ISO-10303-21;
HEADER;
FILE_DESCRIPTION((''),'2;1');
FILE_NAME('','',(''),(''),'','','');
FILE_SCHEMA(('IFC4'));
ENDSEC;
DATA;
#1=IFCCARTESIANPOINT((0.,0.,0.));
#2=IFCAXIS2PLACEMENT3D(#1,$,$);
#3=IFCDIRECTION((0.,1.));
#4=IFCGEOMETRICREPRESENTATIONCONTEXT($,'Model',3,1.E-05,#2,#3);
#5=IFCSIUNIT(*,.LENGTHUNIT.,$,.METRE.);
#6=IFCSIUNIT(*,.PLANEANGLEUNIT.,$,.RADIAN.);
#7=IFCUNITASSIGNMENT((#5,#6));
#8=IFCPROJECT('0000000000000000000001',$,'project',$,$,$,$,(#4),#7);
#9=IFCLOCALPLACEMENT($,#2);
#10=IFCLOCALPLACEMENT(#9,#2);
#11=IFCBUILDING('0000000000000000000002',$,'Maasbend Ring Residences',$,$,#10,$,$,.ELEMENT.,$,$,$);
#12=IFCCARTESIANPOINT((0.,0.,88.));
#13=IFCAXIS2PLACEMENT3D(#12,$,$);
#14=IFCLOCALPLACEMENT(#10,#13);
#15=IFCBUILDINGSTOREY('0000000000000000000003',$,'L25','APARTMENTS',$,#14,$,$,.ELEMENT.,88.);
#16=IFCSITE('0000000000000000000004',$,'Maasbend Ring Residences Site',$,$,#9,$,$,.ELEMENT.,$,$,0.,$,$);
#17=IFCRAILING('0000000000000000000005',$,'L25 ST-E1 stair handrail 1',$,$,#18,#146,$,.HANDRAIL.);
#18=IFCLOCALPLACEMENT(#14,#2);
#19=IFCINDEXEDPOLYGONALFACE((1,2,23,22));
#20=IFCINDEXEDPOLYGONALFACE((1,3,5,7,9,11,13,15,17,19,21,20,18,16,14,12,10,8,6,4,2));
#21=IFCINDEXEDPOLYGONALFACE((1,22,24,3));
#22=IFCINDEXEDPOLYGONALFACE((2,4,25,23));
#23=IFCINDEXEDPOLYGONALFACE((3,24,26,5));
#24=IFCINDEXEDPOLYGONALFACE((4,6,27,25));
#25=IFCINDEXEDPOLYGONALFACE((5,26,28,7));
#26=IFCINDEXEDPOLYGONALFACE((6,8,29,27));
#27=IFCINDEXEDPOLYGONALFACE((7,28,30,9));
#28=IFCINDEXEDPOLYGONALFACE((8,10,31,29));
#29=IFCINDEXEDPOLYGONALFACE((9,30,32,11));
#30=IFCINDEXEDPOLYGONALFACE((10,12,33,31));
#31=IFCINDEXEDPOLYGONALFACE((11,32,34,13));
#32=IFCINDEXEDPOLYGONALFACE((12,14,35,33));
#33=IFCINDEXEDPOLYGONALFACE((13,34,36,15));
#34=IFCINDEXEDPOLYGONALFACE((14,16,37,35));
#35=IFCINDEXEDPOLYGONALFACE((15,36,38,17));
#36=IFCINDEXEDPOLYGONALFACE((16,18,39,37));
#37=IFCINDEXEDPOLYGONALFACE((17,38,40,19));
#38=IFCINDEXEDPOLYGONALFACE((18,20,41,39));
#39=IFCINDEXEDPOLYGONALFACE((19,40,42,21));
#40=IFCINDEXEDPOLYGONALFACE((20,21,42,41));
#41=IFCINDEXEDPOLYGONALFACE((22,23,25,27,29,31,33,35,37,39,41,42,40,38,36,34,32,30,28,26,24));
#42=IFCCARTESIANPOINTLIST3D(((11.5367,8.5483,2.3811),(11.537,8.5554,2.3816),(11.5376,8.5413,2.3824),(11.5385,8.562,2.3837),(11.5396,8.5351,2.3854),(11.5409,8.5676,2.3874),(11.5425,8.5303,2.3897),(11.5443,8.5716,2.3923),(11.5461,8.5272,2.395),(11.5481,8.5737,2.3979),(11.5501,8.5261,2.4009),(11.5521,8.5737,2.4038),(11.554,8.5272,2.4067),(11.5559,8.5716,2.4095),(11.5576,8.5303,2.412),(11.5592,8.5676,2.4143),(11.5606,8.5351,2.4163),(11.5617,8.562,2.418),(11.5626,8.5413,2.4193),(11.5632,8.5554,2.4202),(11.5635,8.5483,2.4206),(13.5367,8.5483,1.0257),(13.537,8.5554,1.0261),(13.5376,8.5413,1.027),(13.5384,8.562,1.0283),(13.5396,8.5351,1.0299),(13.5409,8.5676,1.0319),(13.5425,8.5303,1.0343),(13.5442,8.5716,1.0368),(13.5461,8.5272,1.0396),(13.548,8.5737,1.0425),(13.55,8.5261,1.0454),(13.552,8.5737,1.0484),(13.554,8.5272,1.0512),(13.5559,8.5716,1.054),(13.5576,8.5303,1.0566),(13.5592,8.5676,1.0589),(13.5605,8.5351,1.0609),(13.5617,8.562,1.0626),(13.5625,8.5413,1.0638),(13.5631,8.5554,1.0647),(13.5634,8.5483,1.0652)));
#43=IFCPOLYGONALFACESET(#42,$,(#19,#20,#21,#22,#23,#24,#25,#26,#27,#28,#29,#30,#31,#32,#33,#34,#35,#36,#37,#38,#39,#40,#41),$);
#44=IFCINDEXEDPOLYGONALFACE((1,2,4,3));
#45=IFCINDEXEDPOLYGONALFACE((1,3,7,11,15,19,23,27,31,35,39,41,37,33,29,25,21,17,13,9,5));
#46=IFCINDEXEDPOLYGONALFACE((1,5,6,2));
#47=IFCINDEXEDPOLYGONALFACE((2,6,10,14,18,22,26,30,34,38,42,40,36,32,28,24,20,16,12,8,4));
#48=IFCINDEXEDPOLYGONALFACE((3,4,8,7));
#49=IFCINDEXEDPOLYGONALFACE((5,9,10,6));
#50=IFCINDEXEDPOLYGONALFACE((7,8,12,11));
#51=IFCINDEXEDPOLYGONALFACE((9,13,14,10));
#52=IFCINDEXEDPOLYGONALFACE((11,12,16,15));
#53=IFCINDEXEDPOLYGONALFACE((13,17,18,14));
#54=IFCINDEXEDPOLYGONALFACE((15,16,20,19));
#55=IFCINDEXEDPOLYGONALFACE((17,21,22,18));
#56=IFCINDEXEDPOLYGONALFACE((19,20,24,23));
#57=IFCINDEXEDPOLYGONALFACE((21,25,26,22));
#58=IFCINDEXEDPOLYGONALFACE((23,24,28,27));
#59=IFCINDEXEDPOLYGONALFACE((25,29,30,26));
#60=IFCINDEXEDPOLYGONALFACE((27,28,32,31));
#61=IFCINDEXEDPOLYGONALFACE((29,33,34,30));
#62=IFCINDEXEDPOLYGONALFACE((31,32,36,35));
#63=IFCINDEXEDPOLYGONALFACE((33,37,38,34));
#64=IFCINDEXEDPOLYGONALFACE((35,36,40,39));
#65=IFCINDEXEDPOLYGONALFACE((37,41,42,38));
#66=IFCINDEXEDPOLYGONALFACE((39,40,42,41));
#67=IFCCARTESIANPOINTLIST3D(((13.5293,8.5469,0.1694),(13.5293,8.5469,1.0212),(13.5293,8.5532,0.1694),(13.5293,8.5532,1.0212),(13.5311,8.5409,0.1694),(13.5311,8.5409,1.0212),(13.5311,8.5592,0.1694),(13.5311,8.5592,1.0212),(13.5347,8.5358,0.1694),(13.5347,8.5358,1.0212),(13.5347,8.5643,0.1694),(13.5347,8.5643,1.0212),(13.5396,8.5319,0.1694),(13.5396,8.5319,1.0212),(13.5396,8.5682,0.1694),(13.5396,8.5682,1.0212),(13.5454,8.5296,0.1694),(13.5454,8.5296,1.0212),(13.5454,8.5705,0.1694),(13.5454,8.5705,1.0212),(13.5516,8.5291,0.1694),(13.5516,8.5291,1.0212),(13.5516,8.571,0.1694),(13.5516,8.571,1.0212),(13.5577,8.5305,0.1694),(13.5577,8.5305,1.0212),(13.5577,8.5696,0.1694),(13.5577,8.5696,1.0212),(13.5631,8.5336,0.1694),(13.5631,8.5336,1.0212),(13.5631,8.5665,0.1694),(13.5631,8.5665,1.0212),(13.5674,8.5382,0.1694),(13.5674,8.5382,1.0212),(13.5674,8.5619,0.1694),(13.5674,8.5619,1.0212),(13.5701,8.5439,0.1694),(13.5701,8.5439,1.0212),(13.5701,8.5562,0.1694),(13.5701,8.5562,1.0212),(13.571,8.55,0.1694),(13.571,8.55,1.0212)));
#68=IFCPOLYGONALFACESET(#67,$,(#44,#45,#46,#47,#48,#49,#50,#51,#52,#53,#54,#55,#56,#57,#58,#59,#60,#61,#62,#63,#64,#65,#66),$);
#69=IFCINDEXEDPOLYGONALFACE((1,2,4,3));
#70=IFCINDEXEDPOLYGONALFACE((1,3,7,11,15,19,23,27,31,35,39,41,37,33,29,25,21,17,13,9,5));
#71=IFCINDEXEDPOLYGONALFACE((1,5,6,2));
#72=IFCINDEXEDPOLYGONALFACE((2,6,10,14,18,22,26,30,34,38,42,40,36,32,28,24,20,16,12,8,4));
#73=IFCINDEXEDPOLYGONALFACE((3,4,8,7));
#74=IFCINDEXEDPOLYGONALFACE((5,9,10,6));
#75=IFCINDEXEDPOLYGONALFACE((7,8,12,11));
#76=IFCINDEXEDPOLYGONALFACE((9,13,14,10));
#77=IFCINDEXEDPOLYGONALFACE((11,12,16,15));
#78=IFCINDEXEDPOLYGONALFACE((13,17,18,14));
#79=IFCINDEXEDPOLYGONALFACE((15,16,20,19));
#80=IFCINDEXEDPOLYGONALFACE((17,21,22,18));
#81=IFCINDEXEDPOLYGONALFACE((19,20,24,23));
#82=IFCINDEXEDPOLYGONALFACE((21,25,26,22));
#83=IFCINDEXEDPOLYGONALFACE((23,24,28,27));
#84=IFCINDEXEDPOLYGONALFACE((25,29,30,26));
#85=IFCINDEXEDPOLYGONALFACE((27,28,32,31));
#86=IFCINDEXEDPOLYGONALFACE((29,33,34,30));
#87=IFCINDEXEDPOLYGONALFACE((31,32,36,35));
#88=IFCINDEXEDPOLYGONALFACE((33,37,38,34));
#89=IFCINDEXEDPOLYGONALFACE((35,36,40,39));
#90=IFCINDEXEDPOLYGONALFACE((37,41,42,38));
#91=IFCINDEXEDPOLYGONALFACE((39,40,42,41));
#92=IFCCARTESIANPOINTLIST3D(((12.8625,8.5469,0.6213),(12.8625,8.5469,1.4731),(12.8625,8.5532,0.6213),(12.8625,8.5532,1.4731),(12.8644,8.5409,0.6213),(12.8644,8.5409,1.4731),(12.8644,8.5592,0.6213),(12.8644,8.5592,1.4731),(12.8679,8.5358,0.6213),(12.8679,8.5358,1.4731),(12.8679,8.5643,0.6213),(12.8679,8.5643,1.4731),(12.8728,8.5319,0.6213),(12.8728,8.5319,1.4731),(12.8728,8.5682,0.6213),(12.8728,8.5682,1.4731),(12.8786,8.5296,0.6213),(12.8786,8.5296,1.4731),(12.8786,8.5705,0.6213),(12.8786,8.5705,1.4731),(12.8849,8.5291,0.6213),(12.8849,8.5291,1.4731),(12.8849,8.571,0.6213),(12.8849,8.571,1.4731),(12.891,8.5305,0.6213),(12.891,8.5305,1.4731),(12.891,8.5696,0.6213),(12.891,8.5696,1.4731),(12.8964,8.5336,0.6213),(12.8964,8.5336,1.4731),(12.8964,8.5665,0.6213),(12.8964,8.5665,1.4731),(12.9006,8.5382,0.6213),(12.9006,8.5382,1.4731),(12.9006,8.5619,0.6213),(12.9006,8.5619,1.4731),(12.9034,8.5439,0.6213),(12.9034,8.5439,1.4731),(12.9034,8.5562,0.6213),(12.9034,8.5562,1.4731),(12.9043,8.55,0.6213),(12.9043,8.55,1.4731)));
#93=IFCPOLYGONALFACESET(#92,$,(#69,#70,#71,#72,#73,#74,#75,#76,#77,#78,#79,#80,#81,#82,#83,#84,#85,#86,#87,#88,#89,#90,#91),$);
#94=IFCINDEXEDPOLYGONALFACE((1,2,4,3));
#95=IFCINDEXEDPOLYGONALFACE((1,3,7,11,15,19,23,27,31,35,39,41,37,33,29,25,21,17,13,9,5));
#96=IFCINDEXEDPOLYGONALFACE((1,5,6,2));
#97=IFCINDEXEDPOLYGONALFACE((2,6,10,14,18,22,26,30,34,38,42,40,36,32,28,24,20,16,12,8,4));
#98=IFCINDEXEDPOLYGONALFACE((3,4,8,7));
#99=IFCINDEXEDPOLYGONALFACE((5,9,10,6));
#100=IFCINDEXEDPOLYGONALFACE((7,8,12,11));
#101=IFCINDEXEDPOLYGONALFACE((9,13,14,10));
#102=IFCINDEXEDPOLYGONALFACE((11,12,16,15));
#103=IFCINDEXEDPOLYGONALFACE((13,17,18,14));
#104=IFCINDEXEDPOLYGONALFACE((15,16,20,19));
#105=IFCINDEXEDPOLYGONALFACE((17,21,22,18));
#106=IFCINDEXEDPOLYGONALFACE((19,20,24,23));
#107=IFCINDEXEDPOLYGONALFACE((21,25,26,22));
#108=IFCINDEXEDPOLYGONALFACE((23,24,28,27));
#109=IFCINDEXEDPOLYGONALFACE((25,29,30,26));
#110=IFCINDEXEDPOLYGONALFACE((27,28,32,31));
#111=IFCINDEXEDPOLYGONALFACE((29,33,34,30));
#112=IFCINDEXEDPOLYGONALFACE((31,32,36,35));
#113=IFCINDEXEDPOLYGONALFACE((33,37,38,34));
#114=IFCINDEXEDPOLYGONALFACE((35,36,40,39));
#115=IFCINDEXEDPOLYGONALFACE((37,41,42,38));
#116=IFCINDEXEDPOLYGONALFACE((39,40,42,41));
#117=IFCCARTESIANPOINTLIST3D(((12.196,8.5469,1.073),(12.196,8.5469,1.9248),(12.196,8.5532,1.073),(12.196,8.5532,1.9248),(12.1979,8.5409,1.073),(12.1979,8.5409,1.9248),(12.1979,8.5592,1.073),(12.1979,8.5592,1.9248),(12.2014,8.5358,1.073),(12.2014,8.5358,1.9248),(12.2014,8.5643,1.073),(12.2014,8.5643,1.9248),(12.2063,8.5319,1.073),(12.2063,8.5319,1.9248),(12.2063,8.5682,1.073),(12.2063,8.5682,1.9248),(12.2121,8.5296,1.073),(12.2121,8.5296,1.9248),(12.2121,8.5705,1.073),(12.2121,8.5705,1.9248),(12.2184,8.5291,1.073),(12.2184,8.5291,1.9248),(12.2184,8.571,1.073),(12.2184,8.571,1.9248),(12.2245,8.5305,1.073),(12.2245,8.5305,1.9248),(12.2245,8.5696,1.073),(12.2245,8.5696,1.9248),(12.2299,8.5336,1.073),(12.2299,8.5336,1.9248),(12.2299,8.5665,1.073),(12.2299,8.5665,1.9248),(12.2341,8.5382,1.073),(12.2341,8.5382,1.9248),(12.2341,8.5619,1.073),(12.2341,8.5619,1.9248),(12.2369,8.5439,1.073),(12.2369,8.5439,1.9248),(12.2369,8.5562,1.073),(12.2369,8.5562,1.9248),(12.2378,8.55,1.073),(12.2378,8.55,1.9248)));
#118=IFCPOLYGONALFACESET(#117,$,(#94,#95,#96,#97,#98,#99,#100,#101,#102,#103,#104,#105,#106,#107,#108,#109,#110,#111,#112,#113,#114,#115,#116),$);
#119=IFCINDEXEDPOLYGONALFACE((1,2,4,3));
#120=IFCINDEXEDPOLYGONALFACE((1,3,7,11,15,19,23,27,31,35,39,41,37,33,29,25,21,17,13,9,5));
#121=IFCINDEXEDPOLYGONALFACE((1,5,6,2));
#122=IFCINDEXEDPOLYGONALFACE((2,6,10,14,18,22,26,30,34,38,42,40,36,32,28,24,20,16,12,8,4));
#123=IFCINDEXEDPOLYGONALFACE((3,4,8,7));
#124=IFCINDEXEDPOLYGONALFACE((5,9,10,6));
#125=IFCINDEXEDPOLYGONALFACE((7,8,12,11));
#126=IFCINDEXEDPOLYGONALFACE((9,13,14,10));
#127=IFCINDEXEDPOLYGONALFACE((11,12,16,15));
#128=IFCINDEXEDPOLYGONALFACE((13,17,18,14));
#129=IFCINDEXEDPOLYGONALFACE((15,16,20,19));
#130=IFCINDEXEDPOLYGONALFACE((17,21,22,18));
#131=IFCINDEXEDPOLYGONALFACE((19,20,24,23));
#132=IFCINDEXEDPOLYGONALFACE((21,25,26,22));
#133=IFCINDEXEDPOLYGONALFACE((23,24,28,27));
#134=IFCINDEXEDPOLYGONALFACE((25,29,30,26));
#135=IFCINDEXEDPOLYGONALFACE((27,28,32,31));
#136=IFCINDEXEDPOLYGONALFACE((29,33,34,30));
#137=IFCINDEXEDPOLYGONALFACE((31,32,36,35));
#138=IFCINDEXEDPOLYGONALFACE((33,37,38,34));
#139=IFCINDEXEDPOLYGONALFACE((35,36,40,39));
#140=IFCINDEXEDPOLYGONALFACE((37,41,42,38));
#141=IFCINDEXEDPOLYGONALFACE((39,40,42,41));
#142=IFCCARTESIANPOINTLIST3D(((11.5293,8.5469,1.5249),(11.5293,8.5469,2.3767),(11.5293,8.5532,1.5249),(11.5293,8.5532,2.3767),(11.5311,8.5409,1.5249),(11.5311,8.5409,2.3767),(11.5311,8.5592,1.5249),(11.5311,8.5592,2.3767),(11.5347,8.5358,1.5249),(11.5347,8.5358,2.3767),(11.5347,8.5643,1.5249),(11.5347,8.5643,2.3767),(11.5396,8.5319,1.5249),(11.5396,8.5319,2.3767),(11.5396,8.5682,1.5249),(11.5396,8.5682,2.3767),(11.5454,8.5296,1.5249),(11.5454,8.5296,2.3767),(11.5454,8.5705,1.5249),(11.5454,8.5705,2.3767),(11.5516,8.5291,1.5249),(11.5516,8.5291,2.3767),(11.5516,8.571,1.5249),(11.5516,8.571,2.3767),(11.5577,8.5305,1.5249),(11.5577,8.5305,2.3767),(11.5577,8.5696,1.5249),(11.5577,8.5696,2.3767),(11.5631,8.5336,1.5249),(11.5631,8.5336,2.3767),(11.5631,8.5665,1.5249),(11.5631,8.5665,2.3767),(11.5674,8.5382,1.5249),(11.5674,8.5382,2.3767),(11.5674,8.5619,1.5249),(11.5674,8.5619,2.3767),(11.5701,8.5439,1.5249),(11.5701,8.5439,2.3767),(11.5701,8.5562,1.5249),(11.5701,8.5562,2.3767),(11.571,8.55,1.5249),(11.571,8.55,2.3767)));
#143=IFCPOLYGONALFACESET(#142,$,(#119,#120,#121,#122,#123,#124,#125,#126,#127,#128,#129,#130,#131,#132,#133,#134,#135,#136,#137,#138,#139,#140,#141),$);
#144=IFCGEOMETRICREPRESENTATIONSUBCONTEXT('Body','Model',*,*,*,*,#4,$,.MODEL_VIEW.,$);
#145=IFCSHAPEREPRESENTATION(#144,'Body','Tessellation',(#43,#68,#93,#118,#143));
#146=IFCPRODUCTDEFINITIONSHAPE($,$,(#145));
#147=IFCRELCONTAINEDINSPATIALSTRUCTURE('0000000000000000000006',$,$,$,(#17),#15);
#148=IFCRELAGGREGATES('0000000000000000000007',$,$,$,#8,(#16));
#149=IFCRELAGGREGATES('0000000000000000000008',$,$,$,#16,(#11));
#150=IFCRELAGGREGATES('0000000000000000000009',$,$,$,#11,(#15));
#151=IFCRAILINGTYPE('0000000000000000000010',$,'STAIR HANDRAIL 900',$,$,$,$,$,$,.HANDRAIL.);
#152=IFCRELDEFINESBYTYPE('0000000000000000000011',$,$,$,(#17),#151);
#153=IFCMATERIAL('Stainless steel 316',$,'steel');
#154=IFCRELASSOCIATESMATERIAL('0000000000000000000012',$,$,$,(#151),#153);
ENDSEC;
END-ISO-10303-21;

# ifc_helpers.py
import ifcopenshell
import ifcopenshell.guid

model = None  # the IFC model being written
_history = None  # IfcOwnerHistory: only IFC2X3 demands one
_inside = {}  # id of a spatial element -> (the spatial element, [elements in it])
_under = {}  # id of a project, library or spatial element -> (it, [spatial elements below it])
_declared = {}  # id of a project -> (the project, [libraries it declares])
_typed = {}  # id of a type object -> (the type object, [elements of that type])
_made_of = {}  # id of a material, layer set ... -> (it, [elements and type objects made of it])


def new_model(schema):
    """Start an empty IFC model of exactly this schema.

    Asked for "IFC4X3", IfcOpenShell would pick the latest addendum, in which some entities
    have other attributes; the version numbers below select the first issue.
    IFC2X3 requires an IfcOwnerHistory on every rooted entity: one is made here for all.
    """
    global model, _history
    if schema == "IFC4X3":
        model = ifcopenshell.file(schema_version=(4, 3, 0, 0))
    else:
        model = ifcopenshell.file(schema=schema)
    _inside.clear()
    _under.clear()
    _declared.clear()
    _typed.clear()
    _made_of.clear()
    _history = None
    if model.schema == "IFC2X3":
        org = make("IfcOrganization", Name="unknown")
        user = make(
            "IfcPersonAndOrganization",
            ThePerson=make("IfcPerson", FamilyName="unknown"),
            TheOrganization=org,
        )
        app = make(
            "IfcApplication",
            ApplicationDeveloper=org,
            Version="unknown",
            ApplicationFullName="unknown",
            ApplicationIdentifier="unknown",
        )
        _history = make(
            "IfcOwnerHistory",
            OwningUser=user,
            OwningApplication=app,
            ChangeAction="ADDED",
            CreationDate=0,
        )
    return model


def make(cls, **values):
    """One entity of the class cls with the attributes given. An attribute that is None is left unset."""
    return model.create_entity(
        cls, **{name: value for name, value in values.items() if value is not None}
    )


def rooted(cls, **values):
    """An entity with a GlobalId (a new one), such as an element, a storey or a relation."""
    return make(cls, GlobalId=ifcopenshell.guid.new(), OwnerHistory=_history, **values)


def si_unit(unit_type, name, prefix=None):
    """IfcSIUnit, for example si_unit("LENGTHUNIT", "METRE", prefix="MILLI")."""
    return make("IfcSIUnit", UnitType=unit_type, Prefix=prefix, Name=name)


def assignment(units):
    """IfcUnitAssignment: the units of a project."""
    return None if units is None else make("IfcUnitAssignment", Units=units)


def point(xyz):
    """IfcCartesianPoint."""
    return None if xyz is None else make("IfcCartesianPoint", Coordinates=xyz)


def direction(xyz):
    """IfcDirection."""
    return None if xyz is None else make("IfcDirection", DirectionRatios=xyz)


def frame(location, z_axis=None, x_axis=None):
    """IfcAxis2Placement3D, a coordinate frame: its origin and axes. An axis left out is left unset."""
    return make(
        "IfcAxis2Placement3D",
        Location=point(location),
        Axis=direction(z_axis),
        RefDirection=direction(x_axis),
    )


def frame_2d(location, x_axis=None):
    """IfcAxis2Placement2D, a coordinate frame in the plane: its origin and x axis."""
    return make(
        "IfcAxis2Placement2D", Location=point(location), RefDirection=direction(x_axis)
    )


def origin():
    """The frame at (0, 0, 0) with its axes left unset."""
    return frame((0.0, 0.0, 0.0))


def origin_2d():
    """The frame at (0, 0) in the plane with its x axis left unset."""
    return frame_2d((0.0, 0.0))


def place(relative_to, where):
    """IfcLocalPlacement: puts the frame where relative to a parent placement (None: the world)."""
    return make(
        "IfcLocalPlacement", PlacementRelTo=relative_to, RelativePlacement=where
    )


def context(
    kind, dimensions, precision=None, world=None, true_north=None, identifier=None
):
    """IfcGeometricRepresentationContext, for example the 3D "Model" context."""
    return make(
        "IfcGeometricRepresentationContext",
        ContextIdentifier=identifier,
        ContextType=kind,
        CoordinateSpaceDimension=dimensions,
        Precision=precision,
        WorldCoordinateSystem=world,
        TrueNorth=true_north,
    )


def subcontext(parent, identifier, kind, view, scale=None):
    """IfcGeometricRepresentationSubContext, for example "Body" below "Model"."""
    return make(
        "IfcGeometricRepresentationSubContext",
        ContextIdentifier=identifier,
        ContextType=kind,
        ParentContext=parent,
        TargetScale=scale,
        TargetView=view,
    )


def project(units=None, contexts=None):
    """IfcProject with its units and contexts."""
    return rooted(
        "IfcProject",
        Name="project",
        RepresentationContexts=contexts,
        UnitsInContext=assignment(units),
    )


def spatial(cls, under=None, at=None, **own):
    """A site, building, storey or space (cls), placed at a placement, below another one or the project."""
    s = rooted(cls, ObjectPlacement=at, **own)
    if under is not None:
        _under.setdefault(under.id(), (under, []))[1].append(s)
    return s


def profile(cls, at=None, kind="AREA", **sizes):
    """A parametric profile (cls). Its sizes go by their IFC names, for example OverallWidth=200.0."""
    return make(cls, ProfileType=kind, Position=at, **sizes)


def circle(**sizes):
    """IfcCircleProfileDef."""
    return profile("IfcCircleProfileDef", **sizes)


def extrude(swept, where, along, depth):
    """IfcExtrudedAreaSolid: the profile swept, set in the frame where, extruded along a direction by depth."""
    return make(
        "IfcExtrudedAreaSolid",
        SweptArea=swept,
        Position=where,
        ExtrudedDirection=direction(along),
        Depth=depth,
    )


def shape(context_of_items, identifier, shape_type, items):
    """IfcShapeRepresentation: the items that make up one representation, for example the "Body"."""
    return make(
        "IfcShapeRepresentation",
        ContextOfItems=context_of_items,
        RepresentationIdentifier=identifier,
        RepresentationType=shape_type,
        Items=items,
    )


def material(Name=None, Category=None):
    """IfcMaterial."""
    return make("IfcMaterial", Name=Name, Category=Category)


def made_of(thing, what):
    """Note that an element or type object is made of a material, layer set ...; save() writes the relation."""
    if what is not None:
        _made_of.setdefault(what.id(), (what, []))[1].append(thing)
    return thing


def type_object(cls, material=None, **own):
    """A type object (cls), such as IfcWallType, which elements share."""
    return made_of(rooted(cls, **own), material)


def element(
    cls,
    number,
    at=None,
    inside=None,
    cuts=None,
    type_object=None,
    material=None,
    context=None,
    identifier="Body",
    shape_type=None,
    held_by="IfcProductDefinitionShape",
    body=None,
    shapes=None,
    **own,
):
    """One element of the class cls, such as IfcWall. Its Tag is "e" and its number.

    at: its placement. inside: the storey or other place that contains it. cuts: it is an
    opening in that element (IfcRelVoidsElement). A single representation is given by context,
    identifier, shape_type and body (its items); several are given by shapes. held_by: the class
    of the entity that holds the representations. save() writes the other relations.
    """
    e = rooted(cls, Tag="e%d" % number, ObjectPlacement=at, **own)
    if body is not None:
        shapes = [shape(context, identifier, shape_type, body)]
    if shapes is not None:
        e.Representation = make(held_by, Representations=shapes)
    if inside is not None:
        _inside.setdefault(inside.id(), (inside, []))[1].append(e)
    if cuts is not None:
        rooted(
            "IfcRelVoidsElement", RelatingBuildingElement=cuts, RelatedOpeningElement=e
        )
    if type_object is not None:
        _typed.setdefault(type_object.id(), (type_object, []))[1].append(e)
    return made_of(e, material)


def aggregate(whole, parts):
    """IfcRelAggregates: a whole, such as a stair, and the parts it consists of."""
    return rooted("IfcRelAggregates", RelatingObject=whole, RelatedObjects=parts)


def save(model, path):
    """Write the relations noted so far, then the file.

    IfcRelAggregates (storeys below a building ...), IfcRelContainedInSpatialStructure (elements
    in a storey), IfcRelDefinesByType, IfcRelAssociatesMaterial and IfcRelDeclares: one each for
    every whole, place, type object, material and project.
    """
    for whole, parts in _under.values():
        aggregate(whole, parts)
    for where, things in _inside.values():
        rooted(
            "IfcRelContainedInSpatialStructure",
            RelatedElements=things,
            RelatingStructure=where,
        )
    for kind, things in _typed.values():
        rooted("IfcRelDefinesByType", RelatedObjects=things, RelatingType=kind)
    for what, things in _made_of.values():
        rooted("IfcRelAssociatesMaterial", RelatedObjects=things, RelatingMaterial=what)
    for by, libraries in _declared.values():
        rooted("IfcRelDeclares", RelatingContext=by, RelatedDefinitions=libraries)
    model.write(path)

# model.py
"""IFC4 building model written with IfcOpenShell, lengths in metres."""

from ifc_helpers import new_model, si_unit, direction, frame, origin, origin_2d, place, context, subcontext, project, spatial, circle, extrude, material, type_object, element, save


model = new_model("IFC4")

# Units and contexts
model_context = context("Model", 3, precision=1e-05, world=origin(), true_north=direction((0.0, 1.0)))
body_context = subcontext(model_context, "Body", "Model", "MODEL_VIEW")
ifc_project = project(units=[si_unit("LENGTHUNIT", "METRE"), si_unit("PLANEANGLEUNIT", "RADIAN")], contexts=[model_context])

# Site, building, storey
site_placement = place(None, origin())
site = spatial("IfcSite", under=ifc_project, at=site_placement, Name="Maasbend Ring Residences Site", CompositionType="ELEMENT", RefElevation=0.0)
building_placement = place(site_placement, origin())
building = spatial("IfcBuilding", under=site, at=building_placement, Name="Maasbend Ring Residences", CompositionType="ELEMENT")
storey_placement = place(building_placement, frame((0.0, 0.0, 88.0)))
storey = spatial("IfcBuildingStorey", under=building, at=storey_placement, Name="L25", Description="APARTMENTS", CompositionType="ELEMENT", Elevation=88.0)

# Railing
ifc_material_1 = material(Name="Stainless steel 316", Category="steel")
railing_type_1 = type_object("IfcRailingType", Name="STAIR HANDRAIL 900", PredefinedType="HANDRAIL", material=ifc_material_1)
railing_1_placement = place(storey_placement, frame((13.55, 8.55, 0.1694)))
element("IfcRailing", 1, at=railing_1_placement, inside=storey, type_object=railing_type_1, Name="L25 ST-E1 stair handrail 1", PredefinedType="HANDRAIL", context=body_context, shape_type="SweptSolid", body=[
    extrude(circle(Radius=0.0239, at=origin_2d()), frame((0.0, 0.0, 0.876), z_axis=(-0.827798, 0.0, 0.561027), x_axis=(0.0, -1.0, 0.0)), (0.0, 0.0, 1.0), 2.416),
    extrude(circle(Radius=0.021, at=origin_2d()), origin(), (0.0, 0.0, 1.0), 0.8518),
    extrude(circle(Radius=0.021, at=origin_2d()), frame((-0.6667, 0.0, 0.4519)), (0.0, 0.0, 1.0), 0.8518),
    extrude(circle(Radius=0.021, at=origin_2d()), frame((-1.3333, 0.0, 0.9036)), (0.0, 0.0, 1.0), 0.8518),
    extrude(circle(Radius=0.021, at=origin_2d()), frame((-2.0, 0.0, 1.3555)), (0.0, 0.0, 1.0), 0.8518),
])

save(model, "model.ifc")
